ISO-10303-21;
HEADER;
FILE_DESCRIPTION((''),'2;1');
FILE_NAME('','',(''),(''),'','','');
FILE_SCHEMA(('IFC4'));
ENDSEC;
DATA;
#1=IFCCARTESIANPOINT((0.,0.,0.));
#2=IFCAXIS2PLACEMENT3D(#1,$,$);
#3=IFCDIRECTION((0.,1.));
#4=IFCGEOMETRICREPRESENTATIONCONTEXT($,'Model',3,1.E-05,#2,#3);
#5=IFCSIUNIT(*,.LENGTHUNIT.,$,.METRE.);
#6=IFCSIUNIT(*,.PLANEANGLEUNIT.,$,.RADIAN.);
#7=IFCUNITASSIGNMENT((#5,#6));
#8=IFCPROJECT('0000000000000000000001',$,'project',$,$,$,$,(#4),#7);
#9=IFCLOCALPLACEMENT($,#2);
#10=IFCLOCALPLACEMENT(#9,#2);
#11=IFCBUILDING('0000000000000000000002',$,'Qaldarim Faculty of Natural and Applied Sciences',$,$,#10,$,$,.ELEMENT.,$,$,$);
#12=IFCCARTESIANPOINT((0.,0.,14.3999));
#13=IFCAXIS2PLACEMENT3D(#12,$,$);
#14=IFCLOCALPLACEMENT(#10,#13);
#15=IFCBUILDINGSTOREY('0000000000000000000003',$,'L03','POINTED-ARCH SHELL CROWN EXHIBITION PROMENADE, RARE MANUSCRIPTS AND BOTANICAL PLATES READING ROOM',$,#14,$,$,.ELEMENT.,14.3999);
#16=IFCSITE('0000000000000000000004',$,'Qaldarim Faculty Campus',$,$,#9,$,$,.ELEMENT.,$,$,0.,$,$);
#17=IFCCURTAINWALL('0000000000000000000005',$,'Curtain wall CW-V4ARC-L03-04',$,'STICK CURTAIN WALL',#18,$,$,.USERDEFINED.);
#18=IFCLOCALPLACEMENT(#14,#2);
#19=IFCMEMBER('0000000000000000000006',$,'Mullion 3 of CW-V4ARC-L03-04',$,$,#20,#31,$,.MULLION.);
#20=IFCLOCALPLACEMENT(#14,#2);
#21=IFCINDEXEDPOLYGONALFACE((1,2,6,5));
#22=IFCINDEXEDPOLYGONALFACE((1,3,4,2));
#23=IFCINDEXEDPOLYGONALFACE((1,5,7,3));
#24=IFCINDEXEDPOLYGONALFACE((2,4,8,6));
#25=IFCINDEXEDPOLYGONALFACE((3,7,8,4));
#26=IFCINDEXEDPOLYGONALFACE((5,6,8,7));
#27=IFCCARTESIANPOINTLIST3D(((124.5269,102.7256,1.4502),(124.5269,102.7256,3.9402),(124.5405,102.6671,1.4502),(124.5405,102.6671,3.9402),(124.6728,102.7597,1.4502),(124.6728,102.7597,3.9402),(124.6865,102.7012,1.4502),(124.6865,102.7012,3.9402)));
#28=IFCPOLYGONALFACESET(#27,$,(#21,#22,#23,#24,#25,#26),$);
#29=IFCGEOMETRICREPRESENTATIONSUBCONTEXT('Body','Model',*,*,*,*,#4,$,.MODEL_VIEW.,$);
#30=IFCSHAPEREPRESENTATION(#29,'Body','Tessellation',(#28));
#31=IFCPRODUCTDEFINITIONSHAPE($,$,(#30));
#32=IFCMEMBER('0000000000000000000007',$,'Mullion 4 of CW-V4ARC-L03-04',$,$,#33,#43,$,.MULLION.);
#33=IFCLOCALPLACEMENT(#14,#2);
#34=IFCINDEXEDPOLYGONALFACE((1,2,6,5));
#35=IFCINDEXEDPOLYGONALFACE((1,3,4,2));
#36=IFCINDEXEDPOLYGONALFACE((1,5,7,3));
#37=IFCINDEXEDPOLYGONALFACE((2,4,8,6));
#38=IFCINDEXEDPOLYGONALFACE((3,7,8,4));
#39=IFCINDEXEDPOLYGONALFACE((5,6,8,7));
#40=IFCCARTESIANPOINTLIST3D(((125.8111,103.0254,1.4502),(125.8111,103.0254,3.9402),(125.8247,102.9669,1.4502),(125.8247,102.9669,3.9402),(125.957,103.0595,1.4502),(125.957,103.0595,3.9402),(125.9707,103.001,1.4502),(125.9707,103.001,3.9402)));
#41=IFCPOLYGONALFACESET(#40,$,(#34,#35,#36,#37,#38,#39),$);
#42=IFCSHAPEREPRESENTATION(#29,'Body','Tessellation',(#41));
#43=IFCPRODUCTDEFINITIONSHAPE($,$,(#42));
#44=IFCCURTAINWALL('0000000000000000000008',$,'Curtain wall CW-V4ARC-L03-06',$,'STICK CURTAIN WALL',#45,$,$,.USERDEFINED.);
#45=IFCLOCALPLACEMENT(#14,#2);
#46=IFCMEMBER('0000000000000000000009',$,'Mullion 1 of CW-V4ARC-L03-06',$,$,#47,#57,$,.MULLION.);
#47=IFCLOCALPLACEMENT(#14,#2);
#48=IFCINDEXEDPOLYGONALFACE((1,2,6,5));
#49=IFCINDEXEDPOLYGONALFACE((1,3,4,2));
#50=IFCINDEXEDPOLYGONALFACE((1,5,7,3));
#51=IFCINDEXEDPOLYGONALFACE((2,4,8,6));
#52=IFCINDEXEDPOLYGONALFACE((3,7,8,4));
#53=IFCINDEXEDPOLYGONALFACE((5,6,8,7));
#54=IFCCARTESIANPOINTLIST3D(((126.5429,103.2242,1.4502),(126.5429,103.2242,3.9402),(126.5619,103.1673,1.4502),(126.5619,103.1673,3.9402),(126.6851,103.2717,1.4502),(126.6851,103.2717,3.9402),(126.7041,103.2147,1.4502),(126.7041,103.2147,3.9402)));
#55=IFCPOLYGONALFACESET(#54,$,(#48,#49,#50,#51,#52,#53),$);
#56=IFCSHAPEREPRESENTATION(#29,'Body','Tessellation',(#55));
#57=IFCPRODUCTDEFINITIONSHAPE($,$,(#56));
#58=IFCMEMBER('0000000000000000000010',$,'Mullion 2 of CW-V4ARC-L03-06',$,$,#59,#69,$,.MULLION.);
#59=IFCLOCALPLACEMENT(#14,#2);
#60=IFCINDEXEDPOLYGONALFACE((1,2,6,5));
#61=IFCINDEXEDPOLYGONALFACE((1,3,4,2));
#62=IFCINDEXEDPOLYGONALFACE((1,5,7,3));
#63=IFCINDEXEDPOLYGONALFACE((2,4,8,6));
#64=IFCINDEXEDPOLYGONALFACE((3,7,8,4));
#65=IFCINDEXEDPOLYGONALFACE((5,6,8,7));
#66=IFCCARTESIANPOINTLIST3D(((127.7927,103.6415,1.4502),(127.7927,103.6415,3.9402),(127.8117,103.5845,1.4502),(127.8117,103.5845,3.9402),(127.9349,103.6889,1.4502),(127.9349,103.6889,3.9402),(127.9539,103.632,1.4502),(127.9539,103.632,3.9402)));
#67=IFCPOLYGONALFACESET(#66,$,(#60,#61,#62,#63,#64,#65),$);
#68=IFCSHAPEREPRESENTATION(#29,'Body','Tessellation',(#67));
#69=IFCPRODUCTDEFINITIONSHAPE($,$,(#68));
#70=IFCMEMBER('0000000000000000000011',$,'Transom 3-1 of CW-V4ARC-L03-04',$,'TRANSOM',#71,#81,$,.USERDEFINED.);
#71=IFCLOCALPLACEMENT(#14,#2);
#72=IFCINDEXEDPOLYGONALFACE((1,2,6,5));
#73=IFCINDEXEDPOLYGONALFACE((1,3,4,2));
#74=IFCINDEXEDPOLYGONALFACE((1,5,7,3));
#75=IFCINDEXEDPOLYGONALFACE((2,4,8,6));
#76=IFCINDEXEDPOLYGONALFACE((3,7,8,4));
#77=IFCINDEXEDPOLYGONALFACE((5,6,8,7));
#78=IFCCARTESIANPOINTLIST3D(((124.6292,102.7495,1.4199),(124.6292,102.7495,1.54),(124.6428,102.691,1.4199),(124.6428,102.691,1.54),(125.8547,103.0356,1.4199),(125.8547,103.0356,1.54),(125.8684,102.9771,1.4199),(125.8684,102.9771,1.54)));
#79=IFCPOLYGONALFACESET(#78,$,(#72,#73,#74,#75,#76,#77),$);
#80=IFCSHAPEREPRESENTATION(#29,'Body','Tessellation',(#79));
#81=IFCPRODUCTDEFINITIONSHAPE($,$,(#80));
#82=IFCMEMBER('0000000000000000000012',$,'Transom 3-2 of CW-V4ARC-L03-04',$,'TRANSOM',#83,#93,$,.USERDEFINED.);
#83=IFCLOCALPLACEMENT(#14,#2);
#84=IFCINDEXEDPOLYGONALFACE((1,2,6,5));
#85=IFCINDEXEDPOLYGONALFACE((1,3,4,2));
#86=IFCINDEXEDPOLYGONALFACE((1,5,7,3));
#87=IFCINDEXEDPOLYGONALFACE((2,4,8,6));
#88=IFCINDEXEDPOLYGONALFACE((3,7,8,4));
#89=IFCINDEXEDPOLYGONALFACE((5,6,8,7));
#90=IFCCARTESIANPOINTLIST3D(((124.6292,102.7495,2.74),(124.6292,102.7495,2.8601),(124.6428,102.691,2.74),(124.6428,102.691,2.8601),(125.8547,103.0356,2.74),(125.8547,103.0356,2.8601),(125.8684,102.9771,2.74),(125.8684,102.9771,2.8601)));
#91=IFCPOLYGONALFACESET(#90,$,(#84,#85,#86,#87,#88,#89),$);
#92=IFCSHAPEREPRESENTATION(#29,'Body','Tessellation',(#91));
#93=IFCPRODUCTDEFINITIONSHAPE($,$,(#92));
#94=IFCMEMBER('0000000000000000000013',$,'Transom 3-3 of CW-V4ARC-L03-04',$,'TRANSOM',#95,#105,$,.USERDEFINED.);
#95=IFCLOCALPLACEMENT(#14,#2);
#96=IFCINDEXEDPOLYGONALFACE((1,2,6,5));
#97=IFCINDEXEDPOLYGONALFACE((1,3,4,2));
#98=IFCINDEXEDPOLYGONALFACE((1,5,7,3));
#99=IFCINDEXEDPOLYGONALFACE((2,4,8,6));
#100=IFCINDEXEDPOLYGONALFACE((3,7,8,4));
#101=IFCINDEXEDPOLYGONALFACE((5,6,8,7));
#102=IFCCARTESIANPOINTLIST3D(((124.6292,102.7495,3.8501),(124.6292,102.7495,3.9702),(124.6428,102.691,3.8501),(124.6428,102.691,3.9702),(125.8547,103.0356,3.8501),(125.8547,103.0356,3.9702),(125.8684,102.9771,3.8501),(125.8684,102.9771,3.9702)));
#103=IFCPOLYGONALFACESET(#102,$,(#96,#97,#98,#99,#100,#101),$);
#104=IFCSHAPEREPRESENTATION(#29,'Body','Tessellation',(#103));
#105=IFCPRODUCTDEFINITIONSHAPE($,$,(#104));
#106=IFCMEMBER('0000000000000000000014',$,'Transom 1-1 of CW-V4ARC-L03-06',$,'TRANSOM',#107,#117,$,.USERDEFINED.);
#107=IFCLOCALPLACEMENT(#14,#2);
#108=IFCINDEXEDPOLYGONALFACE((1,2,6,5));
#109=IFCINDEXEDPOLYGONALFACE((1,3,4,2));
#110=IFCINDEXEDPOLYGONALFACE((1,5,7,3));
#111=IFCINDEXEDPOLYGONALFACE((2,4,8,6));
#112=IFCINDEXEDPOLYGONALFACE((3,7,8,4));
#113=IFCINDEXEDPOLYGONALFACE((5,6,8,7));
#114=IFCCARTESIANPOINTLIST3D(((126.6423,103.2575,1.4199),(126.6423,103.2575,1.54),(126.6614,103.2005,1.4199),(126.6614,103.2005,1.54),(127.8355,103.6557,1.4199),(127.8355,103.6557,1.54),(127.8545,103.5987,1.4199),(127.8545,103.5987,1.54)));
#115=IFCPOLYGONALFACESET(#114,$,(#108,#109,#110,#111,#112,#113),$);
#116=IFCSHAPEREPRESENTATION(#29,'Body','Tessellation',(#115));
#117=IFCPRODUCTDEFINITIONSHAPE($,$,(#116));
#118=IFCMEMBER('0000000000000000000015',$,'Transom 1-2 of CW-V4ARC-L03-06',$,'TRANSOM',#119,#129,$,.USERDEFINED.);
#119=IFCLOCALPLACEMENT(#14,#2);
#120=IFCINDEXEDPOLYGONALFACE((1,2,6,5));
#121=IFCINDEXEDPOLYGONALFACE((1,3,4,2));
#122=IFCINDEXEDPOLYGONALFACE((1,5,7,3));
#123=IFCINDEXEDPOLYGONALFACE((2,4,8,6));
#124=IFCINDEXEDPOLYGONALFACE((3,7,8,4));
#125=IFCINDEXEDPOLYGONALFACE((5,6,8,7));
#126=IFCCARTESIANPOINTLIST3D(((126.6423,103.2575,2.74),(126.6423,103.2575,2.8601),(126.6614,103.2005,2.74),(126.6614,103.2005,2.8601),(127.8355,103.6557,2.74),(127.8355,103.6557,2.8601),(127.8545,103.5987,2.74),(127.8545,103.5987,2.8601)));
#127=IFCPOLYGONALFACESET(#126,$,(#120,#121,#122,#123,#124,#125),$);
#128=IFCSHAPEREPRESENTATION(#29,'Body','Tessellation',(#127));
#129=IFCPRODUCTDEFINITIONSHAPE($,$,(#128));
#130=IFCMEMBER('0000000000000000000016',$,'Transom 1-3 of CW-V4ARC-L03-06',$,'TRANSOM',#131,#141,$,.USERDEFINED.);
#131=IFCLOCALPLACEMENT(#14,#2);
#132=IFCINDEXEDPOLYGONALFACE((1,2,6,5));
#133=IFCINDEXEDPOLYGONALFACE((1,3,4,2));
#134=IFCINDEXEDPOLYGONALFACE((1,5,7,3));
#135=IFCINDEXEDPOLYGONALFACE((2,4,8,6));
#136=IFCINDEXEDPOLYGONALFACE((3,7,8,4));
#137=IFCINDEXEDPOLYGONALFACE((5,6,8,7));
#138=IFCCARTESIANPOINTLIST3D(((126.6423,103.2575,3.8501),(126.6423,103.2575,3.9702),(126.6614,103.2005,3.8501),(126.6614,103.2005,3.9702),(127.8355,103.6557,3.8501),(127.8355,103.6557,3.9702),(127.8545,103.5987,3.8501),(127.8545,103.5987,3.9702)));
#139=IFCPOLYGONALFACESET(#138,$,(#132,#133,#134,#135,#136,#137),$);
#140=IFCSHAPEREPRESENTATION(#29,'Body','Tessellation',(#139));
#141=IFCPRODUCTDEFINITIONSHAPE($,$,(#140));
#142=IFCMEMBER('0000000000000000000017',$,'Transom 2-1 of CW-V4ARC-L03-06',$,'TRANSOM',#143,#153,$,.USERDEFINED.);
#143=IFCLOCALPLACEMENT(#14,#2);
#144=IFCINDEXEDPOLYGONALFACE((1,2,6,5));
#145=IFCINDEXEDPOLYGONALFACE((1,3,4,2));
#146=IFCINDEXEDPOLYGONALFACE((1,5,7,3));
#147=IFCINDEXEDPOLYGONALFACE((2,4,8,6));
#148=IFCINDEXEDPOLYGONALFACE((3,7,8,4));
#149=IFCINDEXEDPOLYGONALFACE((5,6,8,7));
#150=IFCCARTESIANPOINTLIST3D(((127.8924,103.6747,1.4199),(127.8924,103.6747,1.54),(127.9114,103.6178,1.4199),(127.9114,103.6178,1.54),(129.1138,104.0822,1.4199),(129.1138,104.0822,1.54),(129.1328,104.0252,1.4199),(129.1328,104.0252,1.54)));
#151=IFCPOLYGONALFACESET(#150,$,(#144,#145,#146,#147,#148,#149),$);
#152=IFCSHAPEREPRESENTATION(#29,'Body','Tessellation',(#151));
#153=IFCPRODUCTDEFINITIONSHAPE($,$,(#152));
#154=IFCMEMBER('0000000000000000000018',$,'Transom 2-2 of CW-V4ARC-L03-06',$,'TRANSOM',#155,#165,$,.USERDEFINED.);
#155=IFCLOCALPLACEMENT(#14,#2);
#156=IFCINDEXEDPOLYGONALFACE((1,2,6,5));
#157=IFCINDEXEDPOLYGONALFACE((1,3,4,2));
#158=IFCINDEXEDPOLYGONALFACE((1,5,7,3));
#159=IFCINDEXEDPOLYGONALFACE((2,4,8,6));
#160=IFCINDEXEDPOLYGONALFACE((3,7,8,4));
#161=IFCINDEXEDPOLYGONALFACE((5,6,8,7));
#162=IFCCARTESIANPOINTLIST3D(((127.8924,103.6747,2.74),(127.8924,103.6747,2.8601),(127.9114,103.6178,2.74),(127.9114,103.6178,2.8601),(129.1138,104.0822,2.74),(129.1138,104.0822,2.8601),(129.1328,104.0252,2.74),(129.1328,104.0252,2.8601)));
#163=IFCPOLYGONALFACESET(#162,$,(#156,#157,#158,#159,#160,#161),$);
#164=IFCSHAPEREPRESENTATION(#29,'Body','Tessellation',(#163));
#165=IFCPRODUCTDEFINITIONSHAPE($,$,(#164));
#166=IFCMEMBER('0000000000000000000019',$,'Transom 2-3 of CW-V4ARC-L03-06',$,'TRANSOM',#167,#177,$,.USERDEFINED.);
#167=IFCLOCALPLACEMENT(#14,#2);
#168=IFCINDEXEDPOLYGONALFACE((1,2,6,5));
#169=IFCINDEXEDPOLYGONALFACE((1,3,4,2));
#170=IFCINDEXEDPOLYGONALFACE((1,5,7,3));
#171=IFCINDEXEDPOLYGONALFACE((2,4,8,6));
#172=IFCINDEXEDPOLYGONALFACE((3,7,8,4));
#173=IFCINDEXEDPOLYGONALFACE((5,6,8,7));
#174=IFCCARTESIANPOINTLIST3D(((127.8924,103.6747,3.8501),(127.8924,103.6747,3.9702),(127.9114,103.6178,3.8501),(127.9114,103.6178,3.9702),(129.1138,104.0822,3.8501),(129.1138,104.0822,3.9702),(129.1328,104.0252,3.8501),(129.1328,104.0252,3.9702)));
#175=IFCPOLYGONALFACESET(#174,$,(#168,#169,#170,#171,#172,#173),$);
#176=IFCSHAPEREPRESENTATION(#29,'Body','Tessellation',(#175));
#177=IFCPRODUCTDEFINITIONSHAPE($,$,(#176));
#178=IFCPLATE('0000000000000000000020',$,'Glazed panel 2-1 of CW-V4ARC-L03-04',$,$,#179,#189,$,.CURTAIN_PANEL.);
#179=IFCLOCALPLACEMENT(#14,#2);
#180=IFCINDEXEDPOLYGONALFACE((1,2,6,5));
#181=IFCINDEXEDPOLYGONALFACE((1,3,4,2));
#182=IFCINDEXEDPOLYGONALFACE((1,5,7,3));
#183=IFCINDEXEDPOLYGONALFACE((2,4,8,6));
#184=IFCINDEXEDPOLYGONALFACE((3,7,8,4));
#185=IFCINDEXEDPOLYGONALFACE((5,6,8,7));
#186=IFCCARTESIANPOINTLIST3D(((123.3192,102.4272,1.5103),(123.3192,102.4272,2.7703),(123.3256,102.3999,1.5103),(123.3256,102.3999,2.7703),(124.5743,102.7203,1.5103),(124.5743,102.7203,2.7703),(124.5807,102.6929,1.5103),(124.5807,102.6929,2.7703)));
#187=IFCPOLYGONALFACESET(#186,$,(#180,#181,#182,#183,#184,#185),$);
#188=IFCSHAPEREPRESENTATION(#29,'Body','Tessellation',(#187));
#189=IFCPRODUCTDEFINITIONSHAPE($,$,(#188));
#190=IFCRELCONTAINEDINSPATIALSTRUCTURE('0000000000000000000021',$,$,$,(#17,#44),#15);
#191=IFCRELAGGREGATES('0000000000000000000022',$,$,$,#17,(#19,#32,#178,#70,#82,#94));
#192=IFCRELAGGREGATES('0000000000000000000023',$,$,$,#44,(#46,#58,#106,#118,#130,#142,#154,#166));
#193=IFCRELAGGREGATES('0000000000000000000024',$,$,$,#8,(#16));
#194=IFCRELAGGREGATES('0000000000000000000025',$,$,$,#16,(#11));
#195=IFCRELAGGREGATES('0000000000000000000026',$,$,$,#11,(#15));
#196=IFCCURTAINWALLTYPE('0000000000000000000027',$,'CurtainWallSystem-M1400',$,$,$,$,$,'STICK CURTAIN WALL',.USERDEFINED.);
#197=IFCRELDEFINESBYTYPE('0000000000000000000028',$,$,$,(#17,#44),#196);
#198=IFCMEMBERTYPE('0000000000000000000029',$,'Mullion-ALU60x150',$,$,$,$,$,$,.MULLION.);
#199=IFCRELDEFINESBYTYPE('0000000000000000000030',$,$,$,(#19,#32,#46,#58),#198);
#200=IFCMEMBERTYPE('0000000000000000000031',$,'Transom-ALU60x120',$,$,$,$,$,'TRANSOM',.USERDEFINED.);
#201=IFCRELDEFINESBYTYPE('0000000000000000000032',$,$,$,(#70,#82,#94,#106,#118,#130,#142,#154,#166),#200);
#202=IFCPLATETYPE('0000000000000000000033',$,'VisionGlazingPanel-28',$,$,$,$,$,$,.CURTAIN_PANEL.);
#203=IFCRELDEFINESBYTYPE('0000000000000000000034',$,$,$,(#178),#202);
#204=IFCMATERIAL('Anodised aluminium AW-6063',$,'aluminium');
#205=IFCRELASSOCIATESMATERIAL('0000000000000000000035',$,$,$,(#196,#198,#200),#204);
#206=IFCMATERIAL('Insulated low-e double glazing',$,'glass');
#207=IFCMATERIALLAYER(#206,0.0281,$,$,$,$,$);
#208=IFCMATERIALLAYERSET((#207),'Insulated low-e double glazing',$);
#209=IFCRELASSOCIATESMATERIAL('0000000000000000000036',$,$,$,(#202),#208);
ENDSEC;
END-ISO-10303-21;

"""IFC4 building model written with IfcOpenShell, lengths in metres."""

from ifc_helpers import new_model, si_unit, direction, frame, origin, origin_2d, place, context, subcontext, project, spatial, rectangle, extrude, material, layer, layer_set, material_profile, profile_set, type_object, element, aggregate, save


model = new_model("IFC4")

# Units and contexts
model_context = context("Model", 3, precision=1e-05, world=origin(), true_north=direction((0.0, 1.0)))
body_context = subcontext(model_context, "Body", "Model", "MODEL_VIEW")
ifc_project = project(units=[si_unit("LENGTHUNIT", "METRE"), si_unit("PLANEANGLEUNIT", "RADIAN")], contexts=[model_context])

# Site, building, storey
site_placement = place(None, origin())
site = spatial("IfcSite", under=ifc_project, at=site_placement, Name="Qaldarim Faculty Campus", CompositionType="ELEMENT", RefElevation=0.0)
building_placement = place(site_placement, origin())
building = spatial("IfcBuilding", under=site, at=building_placement, Name="Qaldarim Faculty of Natural and Applied Sciences", CompositionType="ELEMENT")
storey_placement = place(building_placement, frame((0.0, 0.0, 14.3999)))
storey = spatial("IfcBuildingStorey", under=building, at=storey_placement, Name="L03", Description="POINTED-ARCH SHELL CROWN EXHIBITION PROMENADE, RARE MANUSCRIPTS AND BOTANICAL PLATES READING ROOM", CompositionType="ELEMENT", Elevation=14.3999)

# Curtain walls, members
ifc_material_1 = material(Name="Anodised aluminium AW-6063", Category="aluminium")
curtain_wall_type = type_object("IfcCurtainWallType", Name="CurtainWallSystem-M1400", ElementType="STICK CURTAIN WALL", PredefinedType="USERDEFINED", material=ifc_material_1)
curtain_wall_1_placement = place(storey_placement, origin())
curtain_wall_1 = element("IfcCurtainWall", 1, at=curtain_wall_1_placement, inside=storey, type_object=curtain_wall_type, Name="Curtain wall CW-V4ARC-L03-04", ObjectType="STICK CURTAIN WALL", PredefinedType="USERDEFINED")
ifc_material_profile_1 = material_profile(ifc_material_1, rectangle(XDim=0.0601, YDim=0.1499, at=origin_2d()), Name="ALU-M60x150")
ifc_profile_set_1 = profile_set([ifc_material_profile_1], Name="Anodised aluminium AW-6063")
member_type_1 = type_object("IfcMemberType", Name="Mullion-ALU60x150", PredefinedType="MULLION", material=ifc_profile_set_1)
member_1_placement = place(storey_placement, frame((124.6067, 102.7134, 1.4502), z_axis=(0.0, 0.0, 1.0), x_axis=(-0.227382, 0.973806, 0.0)))
member_1 = element("IfcMember", 2, at=member_1_placement, type_object=member_type_1, Name="Mullion 3 of CW-V4ARC-L03-04", PredefinedType="MULLION", context=body_context, shape_type="SweptSolid", body=[
    extrude(rectangle(XDim=0.0601, YDim=0.1499, at=origin_2d()), origin(), (0.0, 0.0, 1.0), 2.49),
])
member_2_placement = place(storey_placement, frame((125.8909, 103.0132, 1.4502), z_axis=(0.0, 0.0, 1.0), x_axis=(-0.227382, 0.973806, 0.0)))
member_2 = element("IfcMember", 3, at=member_2_placement, type_object=member_type_1, Name="Mullion 4 of CW-V4ARC-L03-04", PredefinedType="MULLION", context=body_context, shape_type="SweptSolid", body=[
    extrude(rectangle(XDim=0.0601, YDim=0.1499, at=origin_2d()), origin(), (0.0, 0.0, 1.0), 2.49),
])
curtain_wall_2_placement = place(storey_placement, origin())
curtain_wall_2 = element("IfcCurtainWall", 4, at=curtain_wall_2_placement, inside=storey, type_object=curtain_wall_type, Name="Curtain wall CW-V4ARC-L03-06", ObjectType="STICK CURTAIN WALL", PredefinedType="USERDEFINED")
member_3_placement = place(storey_placement, frame((126.6235, 103.2195, 1.4502), z_axis=(0.0, 0.0, 1.0), x_axis=(-0.316593, 0.948562, 0.0)))
member_3 = element("IfcMember", 5, at=member_3_placement, type_object=member_type_1, Name="Mullion 1 of CW-V4ARC-L03-06", PredefinedType="MULLION", context=body_context, shape_type="SweptSolid", body=[
    extrude(rectangle(XDim=0.0601, YDim=0.1499, at=origin_2d()), origin(), (0.0, 0.0, 1.0), 2.49),
])
member_4_placement = place(storey_placement, frame((127.8733, 103.6367, 1.4502), z_axis=(0.0, 0.0, 1.0), x_axis=(-0.316593, 0.948562, 0.0)))
member_4 = element("IfcMember", 6, at=member_4_placement, type_object=member_type_1, Name="Mullion 2 of CW-V4ARC-L03-06", PredefinedType="MULLION", context=body_context, shape_type="SweptSolid", body=[
    extrude(rectangle(XDim=0.0601, YDim=0.1499, at=origin_2d()), origin(), (0.0, 0.0, 1.0), 2.49),
])

# Members
ifc_material_profile_2 = material_profile(ifc_material_1, rectangle(XDim=0.0601, YDim=0.1201, at=origin_2d()), Name="ALU-T60x120")
ifc_profile_set_2 = profile_set([ifc_material_profile_2], Name="Anodised aluminium AW-6063")
member_type_2 = type_object("IfcMemberType", Name="Transom-ALU60x120", ElementType="TRANSOM", PredefinedType="USERDEFINED", material=ifc_profile_set_2)
member_5_placement = place(storey_placement, frame((124.636, 102.7202, 1.48), z_axis=(0.973813, 0.227352, 0.0), x_axis=(-0.227352, 0.973813, 0.0)))
member_5 = element("IfcMember", 7, at=member_5_placement, type_object=member_type_2, Name="Transom 3-1 of CW-V4ARC-L03-04", ObjectType="TRANSOM", PredefinedType="USERDEFINED", context=body_context, shape_type="SweptSolid", body=[
    extrude(rectangle(XDim=0.0601, YDim=0.1201, at=origin_2d()), origin(), (0.0, 0.0, 1.0), 1.2585),
])
member_6_placement = place(storey_placement, frame((124.636, 102.7202, 2.8), z_axis=(0.973813, 0.227352, 0.0), x_axis=(-0.227352, 0.973813, 0.0)))
member_6 = element("IfcMember", 8, at=member_6_placement, type_object=member_type_2, Name="Transom 3-2 of CW-V4ARC-L03-04", ObjectType="TRANSOM", PredefinedType="USERDEFINED", context=body_context, shape_type="SweptSolid", body=[
    extrude(rectangle(XDim=0.0601, YDim=0.1201, at=origin_2d()), origin(), (0.0, 0.0, 1.0), 1.2585),
])
member_7_placement = place(storey_placement, frame((124.636, 102.7202, 3.9102), z_axis=(0.973813, 0.227352, 0.0), x_axis=(-0.227352, 0.973813, 0.0)))
member_7 = element("IfcMember", 9, at=member_7_placement, type_object=member_type_2, Name="Transom 3-3 of CW-V4ARC-L03-04", ObjectType="TRANSOM", PredefinedType="USERDEFINED", context=body_context, shape_type="SweptSolid", body=[
    extrude(rectangle(XDim=0.0601, YDim=0.1201, at=origin_2d()), origin(), (0.0, 0.0, 1.0), 1.2585),
])
member_8_placement = place(storey_placement, frame((126.6519, 103.229, 1.48), z_axis=(0.948567, 0.316577, 0.0), x_axis=(-0.316577, 0.948567, 0.0)))
member_8 = element("IfcMember", 10, at=member_8_placement, type_object=member_type_2, Name="Transom 1-1 of CW-V4ARC-L03-06", ObjectType="TRANSOM", PredefinedType="USERDEFINED", context=body_context, shape_type="SweptSolid", body=[
    extrude(rectangle(XDim=0.0601, YDim=0.1201, at=origin_2d()), origin(), (0.0, 0.0, 1.0), 1.2578),
])
member_9_placement = place(storey_placement, frame((126.6519, 103.229, 2.8), z_axis=(0.948567, 0.316577, 0.0), x_axis=(-0.316577, 0.948567, 0.0)))
member_9 = element("IfcMember", 11, at=member_9_placement, type_object=member_type_2, Name="Transom 1-2 of CW-V4ARC-L03-06", ObjectType="TRANSOM", PredefinedType="USERDEFINED", context=body_context, shape_type="SweptSolid", body=[
    extrude(rectangle(XDim=0.0601, YDim=0.1201, at=origin_2d()), origin(), (0.0, 0.0, 1.0), 1.2578),
])
member_10_placement = place(storey_placement, frame((126.6519, 103.229, 3.9102), z_axis=(0.948567, 0.316577, 0.0), x_axis=(-0.316577, 0.948567, 0.0)))
member_10 = element("IfcMember", 12, at=member_10_placement, type_object=member_type_2, Name="Transom 1-3 of CW-V4ARC-L03-06", ObjectType="TRANSOM", PredefinedType="USERDEFINED", context=body_context, shape_type="SweptSolid", body=[
    extrude(rectangle(XDim=0.0601, YDim=0.1201, at=origin_2d()), origin(), (0.0, 0.0, 1.0), 1.2578),
])
member_11_placement = place(storey_placement, frame((127.9019, 103.6462, 1.48), z_axis=(0.948607, 0.316455, 0.0), x_axis=(-0.316455, 0.948607, 0.0)))
member_11 = element("IfcMember", 13, at=member_11_placement, type_object=member_type_2, Name="Transom 2-1 of CW-V4ARC-L03-06", ObjectType="TRANSOM", PredefinedType="USERDEFINED", context=body_context, shape_type="SweptSolid", body=[
    extrude(rectangle(XDim=0.0601, YDim=0.1201, at=origin_2d()), origin(), (0.0, 0.0, 1.0), 1.2876),
])
member_12_placement = place(storey_placement, frame((127.9019, 103.6462, 2.8), z_axis=(0.948607, 0.316455, 0.0), x_axis=(-0.316455, 0.948607, 0.0)))
member_12 = element("IfcMember", 14, at=member_12_placement, type_object=member_type_2, Name="Transom 2-2 of CW-V4ARC-L03-06", ObjectType="TRANSOM", PredefinedType="USERDEFINED", context=body_context, shape_type="SweptSolid", body=[
    extrude(rectangle(XDim=0.0601, YDim=0.1201, at=origin_2d()), origin(), (0.0, 0.0, 1.0), 1.2876),
])
member_13_placement = place(storey_placement, frame((127.9019, 103.6462, 3.9102), z_axis=(0.948607, 0.316455, 0.0), x_axis=(-0.316455, 0.948607, 0.0)))
member_13 = element("IfcMember", 15, at=member_13_placement, type_object=member_type_2, Name="Transom 2-3 of CW-V4ARC-L03-06", ObjectType="TRANSOM", PredefinedType="USERDEFINED", context=body_context, shape_type="SweptSolid", body=[
    extrude(rectangle(XDim=0.0601, YDim=0.1201, at=origin_2d()), origin(), (0.0, 0.0, 1.0), 1.2876),
])

# Plate
ifc_material_2 = material(Name="Insulated low-e double glazing", Category="glass")
ifc_layer_1 = layer(ifc_material_2, 0.0281)
ifc_layer_set_1 = layer_set([ifc_layer_1], Name="Insulated low-e double glazing")
plate_type = type_object("IfcPlateType", Name="VisionGlazingPanel-28", PredefinedType="CURTAIN_PANEL", material=ifc_layer_set_1)
plate_1_placement = place(storey_placement, frame((123.95, 102.5601, 1.5103), z_axis=(0.0, 0.0, 1.0), x_axis=(0.973806, 0.227382, 0.0)))
plate_1 = element("IfcPlate", 16, at=plate_1_placement, type_object=plate_type, Name="Glazed panel 2-1 of CW-V4ARC-L03-04", PredefinedType="CURTAIN_PANEL", context=body_context, shape_type="SweptSolid", body=[
    extrude(rectangle(XDim=1.2888, YDim=0.0281, at=origin_2d()), origin(), (0.0, 0.0, 1.0), 1.26),
])
aggregate(curtain_wall_1, [member_1, member_2, plate_1, member_5, member_6, member_7])
aggregate(curtain_wall_2, [member_3, member_4, member_8, member_9, member_10, member_11, member_12, member_13])

save(model, "model.ifc")
